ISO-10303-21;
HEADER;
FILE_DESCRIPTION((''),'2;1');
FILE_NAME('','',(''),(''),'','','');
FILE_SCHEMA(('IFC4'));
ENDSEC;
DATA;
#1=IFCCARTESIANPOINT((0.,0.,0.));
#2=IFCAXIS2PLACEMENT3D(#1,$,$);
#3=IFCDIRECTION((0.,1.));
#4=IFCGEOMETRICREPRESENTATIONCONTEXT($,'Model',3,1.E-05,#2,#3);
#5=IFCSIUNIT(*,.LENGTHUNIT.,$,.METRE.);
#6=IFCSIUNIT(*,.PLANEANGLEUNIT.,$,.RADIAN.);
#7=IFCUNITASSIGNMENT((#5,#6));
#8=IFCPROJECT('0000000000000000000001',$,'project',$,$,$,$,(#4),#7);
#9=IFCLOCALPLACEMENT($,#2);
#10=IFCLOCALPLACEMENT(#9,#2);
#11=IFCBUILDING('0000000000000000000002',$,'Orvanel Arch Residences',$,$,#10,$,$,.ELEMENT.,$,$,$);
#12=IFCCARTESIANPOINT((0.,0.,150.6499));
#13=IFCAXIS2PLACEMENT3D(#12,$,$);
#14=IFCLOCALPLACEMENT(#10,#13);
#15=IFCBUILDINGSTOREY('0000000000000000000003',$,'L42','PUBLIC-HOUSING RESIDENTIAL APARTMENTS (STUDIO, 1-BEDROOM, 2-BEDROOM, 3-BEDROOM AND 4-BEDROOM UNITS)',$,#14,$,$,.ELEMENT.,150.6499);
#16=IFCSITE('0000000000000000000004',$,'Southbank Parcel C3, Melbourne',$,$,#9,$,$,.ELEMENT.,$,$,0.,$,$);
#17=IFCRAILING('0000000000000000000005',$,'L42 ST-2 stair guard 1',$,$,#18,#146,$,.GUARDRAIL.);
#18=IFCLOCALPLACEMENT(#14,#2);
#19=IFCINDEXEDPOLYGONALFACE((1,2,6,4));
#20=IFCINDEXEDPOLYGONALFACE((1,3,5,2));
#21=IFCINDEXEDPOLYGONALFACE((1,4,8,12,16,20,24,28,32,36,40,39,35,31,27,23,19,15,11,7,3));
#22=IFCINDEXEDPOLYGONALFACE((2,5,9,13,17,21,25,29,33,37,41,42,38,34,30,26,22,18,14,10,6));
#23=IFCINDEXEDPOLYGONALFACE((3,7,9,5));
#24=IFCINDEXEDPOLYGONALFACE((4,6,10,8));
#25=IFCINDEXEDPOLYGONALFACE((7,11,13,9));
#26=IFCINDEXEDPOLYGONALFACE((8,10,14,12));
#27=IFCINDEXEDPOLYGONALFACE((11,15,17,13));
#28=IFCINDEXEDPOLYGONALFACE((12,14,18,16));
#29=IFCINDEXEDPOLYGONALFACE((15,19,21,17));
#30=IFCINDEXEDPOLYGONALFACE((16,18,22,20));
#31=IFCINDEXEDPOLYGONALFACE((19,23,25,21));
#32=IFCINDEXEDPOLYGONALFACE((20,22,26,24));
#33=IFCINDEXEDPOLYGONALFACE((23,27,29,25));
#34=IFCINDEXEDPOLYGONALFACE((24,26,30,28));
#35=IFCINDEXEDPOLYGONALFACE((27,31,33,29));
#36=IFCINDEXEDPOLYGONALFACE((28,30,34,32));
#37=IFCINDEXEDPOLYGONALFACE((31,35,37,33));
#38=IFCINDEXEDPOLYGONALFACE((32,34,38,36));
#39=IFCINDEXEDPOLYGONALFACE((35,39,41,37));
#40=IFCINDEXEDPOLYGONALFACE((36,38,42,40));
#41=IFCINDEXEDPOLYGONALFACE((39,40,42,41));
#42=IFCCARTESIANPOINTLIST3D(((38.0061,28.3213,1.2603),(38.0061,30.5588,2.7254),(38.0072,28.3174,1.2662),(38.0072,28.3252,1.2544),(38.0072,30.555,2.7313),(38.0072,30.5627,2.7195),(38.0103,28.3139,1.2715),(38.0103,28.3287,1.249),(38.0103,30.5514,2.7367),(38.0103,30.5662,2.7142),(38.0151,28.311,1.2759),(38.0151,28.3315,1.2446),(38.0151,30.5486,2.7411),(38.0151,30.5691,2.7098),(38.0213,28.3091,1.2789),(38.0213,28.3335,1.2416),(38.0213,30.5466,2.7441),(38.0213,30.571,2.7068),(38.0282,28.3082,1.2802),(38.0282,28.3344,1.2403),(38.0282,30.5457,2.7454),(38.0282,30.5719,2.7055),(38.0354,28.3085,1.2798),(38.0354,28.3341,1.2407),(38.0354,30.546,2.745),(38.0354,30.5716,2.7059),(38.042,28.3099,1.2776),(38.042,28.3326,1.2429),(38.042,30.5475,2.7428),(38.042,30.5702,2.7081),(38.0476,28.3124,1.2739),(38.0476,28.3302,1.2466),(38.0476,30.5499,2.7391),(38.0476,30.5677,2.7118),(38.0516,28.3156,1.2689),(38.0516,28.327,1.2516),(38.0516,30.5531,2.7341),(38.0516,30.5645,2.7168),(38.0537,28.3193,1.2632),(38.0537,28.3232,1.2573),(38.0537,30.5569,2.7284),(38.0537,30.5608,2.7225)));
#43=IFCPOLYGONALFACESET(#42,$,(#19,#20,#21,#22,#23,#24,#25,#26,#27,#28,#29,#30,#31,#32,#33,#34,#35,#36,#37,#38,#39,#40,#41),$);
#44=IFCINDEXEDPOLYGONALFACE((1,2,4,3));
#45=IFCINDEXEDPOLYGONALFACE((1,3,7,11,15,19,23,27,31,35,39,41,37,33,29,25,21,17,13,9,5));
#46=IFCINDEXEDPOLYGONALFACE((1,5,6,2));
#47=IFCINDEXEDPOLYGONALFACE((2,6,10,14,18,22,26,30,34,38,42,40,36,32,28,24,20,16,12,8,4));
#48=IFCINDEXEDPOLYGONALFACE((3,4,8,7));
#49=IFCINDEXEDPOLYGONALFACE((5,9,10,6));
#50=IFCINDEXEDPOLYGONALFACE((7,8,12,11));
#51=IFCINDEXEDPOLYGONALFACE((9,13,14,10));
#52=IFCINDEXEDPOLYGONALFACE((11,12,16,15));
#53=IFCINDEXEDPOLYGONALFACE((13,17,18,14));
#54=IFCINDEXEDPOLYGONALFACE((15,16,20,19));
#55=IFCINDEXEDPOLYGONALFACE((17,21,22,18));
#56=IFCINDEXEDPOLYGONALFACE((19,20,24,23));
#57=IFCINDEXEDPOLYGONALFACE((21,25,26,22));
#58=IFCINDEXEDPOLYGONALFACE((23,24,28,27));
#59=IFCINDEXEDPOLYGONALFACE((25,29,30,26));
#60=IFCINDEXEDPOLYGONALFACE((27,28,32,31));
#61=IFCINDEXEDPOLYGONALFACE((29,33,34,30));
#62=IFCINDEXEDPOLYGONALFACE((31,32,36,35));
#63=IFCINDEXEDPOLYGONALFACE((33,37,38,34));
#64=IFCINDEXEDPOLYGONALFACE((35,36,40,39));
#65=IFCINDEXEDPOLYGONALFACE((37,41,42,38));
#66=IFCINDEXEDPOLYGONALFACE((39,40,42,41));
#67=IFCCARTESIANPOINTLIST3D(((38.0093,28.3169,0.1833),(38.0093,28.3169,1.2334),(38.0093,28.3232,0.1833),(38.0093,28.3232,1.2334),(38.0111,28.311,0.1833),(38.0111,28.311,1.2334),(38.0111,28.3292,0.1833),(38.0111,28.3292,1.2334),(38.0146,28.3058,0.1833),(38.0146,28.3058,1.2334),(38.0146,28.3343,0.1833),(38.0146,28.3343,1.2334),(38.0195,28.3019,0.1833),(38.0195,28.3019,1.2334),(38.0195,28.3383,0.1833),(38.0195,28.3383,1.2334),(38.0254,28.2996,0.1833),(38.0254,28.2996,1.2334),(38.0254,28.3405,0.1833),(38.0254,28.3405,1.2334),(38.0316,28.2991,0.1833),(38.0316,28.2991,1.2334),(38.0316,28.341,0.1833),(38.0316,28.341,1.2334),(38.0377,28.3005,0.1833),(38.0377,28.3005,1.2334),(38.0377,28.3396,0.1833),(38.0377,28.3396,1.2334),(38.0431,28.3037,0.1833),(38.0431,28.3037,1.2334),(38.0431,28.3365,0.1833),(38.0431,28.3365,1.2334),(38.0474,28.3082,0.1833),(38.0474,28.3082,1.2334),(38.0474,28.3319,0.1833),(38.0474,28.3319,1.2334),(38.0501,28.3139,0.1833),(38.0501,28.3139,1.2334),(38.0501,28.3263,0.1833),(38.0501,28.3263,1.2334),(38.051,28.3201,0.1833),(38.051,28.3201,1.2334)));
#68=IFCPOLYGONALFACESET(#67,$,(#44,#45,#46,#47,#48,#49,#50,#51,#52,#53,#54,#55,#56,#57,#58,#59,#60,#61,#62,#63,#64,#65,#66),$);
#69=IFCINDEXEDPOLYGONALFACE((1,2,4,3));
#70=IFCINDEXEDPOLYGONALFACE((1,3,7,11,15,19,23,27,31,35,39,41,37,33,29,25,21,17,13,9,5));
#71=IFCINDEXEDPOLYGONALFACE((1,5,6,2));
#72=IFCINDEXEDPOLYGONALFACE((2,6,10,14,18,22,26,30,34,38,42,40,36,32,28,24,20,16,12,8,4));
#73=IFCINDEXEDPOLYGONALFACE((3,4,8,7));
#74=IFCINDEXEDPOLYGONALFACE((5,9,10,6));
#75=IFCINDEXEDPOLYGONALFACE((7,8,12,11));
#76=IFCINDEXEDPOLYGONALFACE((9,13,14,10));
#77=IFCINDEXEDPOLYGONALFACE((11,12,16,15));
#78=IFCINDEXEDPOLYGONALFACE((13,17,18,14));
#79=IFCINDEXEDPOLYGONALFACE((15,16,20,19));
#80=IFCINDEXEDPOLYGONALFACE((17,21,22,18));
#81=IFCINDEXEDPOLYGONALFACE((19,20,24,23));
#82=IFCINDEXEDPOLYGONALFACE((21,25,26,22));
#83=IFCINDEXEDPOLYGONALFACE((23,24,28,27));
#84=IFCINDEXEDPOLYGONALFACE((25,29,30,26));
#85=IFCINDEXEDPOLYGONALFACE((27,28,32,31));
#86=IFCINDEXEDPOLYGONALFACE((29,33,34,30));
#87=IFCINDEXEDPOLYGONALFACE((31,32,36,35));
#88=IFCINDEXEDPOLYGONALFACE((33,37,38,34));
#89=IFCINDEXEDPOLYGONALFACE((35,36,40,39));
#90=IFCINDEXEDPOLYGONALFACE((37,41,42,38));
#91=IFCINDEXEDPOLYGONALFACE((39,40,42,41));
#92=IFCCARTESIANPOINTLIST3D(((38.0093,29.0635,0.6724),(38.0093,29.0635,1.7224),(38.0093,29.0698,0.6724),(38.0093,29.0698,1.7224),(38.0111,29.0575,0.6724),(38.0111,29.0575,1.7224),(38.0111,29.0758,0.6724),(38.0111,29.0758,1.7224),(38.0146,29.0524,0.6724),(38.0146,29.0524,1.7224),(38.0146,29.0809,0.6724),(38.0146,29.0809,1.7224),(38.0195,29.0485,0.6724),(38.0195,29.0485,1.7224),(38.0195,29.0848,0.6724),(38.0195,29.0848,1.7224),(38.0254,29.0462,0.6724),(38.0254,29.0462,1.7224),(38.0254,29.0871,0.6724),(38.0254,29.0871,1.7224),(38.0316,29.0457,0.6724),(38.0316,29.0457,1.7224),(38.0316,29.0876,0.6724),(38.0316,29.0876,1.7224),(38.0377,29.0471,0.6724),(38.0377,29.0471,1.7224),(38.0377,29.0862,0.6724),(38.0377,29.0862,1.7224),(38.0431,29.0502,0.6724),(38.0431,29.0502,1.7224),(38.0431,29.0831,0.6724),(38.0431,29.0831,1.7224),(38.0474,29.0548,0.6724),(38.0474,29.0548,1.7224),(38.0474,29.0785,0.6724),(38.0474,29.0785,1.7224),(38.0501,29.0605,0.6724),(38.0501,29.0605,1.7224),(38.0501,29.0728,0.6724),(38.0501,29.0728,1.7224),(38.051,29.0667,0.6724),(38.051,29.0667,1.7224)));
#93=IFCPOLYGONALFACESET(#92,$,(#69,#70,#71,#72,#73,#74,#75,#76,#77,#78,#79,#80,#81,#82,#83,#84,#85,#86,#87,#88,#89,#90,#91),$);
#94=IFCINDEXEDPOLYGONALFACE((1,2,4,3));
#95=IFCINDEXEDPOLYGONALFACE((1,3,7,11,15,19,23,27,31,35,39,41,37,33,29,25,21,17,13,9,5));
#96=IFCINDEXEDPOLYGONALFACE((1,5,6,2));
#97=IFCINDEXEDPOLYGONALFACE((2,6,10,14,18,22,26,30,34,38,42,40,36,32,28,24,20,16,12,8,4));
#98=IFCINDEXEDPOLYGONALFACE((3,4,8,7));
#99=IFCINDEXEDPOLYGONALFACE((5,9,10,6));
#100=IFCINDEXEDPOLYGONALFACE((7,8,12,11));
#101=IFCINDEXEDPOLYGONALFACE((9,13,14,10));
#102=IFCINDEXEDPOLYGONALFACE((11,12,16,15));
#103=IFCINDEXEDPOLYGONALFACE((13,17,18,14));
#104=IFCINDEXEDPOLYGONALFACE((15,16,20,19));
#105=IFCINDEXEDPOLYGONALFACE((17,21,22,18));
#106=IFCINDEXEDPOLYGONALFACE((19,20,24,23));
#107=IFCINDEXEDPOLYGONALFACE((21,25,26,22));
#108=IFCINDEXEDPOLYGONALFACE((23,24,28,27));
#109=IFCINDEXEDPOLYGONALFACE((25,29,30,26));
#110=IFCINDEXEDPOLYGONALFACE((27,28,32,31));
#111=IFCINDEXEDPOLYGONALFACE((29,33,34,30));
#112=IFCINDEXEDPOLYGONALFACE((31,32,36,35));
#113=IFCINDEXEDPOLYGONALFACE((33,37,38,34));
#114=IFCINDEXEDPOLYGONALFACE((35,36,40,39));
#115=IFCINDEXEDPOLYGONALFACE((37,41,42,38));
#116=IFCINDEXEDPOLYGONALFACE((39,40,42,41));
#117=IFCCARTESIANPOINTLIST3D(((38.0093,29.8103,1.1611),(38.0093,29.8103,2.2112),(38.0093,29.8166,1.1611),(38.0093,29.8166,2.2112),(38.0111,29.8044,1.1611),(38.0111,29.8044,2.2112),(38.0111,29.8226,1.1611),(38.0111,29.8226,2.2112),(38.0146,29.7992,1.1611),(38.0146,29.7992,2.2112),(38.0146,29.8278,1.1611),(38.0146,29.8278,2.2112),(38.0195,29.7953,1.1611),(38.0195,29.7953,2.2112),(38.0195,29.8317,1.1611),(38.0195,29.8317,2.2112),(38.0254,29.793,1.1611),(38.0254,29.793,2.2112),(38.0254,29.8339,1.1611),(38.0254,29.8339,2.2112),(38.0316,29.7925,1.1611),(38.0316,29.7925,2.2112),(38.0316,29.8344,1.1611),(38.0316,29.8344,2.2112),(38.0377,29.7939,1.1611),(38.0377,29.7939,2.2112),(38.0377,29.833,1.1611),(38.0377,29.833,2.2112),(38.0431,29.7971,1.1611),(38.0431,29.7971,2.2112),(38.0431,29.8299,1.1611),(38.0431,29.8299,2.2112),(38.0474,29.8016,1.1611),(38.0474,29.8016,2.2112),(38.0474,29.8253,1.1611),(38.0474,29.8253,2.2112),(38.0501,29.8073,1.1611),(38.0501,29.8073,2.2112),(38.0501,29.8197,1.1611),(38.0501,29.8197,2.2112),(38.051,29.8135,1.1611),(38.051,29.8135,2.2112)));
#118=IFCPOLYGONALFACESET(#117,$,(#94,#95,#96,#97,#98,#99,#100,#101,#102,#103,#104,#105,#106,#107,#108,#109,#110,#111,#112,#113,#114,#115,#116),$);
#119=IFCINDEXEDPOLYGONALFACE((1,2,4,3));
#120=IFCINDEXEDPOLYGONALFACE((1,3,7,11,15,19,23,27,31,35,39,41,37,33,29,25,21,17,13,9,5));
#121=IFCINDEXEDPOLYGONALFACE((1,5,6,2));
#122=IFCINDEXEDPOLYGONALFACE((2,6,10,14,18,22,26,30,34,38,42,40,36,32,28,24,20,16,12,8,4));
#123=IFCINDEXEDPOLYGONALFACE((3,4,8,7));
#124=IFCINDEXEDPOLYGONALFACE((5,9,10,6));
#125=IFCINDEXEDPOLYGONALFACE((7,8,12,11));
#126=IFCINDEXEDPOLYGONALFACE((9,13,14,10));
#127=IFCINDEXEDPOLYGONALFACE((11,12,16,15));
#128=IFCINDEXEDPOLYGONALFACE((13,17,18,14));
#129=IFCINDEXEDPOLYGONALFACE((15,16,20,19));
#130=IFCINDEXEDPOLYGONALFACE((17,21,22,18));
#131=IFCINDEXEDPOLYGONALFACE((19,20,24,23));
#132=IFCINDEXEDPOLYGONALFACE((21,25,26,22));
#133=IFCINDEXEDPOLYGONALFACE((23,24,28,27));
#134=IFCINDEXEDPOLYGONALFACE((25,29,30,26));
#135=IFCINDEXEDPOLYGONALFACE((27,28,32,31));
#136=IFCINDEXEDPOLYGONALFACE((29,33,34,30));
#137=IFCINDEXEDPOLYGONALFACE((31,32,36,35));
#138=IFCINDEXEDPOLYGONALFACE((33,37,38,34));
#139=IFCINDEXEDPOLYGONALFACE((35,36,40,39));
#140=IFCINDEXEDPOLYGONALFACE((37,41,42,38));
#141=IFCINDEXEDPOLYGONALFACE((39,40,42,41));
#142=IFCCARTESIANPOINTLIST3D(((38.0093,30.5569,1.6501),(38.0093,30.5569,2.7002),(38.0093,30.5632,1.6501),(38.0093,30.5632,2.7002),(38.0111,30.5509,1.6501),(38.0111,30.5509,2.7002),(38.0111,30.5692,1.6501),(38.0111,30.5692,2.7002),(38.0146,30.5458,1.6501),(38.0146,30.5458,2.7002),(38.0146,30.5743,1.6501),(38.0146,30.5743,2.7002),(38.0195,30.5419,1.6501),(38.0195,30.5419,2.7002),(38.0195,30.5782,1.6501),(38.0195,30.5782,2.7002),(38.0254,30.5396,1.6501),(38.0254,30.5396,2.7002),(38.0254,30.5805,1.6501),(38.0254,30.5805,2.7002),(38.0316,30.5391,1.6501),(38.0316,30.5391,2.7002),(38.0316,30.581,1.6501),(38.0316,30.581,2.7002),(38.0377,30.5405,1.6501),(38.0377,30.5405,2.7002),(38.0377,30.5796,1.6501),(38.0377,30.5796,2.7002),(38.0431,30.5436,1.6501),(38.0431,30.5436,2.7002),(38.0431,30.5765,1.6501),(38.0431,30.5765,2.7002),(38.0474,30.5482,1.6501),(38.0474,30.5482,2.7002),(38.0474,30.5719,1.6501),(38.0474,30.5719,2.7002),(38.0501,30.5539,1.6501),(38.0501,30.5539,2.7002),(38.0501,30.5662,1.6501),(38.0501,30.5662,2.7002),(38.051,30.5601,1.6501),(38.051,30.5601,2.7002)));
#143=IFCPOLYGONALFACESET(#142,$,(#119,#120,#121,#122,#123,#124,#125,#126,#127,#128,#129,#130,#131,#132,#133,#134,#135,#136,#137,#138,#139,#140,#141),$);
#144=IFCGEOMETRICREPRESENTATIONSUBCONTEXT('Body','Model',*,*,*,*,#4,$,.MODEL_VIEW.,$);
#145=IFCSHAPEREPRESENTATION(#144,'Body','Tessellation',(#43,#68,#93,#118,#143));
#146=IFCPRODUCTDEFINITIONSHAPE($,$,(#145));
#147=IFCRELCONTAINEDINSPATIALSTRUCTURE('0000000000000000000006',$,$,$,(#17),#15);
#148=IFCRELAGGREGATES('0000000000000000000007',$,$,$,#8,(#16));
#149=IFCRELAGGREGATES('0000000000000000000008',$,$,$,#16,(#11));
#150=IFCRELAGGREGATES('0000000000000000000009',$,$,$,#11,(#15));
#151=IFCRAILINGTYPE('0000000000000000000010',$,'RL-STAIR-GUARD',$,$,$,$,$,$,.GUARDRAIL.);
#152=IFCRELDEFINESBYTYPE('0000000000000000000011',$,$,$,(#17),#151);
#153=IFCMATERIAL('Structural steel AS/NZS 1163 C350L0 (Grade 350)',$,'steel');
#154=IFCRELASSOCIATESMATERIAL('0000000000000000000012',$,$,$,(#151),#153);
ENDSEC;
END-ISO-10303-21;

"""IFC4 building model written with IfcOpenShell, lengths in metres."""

from ifc_helpers import new_model, si_unit, direction, frame, origin, origin_2d, place, context, subcontext, project, spatial, circle, extrude, material, type_object, element, save


model = new_model("IFC4")

# Units and contexts
model_context = context("Model", 3, precision=1e-05, world=origin(), true_north=direction((0.0, 1.0)))
body_context = subcontext(model_context, "Body", "Model", "MODEL_VIEW")
ifc_project = project(units=[si_unit("LENGTHUNIT", "METRE"), si_unit("PLANEANGLEUNIT", "RADIAN")], contexts=[model_context])

# Site, building, storey
site_placement = place(None, origin())
site = spatial("IfcSite", under=ifc_project, at=site_placement, Name="Southbank Parcel C3, Melbourne", CompositionType="ELEMENT", RefElevation=0.0)
building_placement = place(site_placement, origin())
building = spatial("IfcBuilding", under=site, at=building_placement, Name="Orvanel Arch Residences", CompositionType="ELEMENT")
storey_placement = place(building_placement, frame((0.0, 0.0, 150.6499)))
storey = spatial("IfcBuildingStorey", under=building, at=storey_placement, Name="L42", Description="PUBLIC-HOUSING RESIDENTIAL APARTMENTS (STUDIO, 1-BEDROOM, 2-BEDROOM, 3-BEDROOM AND 4-BEDROOM UNITS)", CompositionType="ELEMENT", Elevation=150.6499)

# Railing
ifc_material_1 = material(Name="Structural steel AS/NZS 1163 C350L0 (Grade 350)", Category="steel")
railing_type_1 = type_object("IfcRailingType", Name="RL-STAIR-GUARD", PredefinedType="GUARDRAIL", material=ifc_material_1)
railing_1_placement = place(storey_placement, frame((38.03, 28.3201, 0.1833)))
element("IfcRailing", 1, at=railing_1_placement, inside=storey, type_object=railing_type_1, Name="L42 ST-2 stair guard 1", PredefinedType="GUARDRAIL", context=body_context, shape_type="SweptSolid", body=[
    extrude(circle(Radius=0.0239, at=origin_2d()), frame((0.0, 0.0012, 1.0769), z_axis=(0.0, 0.836595, 0.547822), x_axis=(-1.0, 0.0, 0.0)), (0.0, 0.0, 1.0), 2.6746),
    extrude(circle(Radius=0.021, at=origin_2d()), origin(), (0.0, 0.0, 1.0), 1.05),
    extrude(circle(Radius=0.021, at=origin_2d()), frame((0.0, 0.7466, 0.489)), (0.0, 0.0, 1.0), 1.05),
    extrude(circle(Radius=0.021, at=origin_2d()), frame((0.0, 1.4934, 0.9778)), (0.0, 0.0, 1.0), 1.05),
    extrude(circle(Radius=0.021, at=origin_2d()), frame((0.0, 2.24, 1.4668)), (0.0, 0.0, 1.0), 1.05),
])

save(model, "model.ifc")
